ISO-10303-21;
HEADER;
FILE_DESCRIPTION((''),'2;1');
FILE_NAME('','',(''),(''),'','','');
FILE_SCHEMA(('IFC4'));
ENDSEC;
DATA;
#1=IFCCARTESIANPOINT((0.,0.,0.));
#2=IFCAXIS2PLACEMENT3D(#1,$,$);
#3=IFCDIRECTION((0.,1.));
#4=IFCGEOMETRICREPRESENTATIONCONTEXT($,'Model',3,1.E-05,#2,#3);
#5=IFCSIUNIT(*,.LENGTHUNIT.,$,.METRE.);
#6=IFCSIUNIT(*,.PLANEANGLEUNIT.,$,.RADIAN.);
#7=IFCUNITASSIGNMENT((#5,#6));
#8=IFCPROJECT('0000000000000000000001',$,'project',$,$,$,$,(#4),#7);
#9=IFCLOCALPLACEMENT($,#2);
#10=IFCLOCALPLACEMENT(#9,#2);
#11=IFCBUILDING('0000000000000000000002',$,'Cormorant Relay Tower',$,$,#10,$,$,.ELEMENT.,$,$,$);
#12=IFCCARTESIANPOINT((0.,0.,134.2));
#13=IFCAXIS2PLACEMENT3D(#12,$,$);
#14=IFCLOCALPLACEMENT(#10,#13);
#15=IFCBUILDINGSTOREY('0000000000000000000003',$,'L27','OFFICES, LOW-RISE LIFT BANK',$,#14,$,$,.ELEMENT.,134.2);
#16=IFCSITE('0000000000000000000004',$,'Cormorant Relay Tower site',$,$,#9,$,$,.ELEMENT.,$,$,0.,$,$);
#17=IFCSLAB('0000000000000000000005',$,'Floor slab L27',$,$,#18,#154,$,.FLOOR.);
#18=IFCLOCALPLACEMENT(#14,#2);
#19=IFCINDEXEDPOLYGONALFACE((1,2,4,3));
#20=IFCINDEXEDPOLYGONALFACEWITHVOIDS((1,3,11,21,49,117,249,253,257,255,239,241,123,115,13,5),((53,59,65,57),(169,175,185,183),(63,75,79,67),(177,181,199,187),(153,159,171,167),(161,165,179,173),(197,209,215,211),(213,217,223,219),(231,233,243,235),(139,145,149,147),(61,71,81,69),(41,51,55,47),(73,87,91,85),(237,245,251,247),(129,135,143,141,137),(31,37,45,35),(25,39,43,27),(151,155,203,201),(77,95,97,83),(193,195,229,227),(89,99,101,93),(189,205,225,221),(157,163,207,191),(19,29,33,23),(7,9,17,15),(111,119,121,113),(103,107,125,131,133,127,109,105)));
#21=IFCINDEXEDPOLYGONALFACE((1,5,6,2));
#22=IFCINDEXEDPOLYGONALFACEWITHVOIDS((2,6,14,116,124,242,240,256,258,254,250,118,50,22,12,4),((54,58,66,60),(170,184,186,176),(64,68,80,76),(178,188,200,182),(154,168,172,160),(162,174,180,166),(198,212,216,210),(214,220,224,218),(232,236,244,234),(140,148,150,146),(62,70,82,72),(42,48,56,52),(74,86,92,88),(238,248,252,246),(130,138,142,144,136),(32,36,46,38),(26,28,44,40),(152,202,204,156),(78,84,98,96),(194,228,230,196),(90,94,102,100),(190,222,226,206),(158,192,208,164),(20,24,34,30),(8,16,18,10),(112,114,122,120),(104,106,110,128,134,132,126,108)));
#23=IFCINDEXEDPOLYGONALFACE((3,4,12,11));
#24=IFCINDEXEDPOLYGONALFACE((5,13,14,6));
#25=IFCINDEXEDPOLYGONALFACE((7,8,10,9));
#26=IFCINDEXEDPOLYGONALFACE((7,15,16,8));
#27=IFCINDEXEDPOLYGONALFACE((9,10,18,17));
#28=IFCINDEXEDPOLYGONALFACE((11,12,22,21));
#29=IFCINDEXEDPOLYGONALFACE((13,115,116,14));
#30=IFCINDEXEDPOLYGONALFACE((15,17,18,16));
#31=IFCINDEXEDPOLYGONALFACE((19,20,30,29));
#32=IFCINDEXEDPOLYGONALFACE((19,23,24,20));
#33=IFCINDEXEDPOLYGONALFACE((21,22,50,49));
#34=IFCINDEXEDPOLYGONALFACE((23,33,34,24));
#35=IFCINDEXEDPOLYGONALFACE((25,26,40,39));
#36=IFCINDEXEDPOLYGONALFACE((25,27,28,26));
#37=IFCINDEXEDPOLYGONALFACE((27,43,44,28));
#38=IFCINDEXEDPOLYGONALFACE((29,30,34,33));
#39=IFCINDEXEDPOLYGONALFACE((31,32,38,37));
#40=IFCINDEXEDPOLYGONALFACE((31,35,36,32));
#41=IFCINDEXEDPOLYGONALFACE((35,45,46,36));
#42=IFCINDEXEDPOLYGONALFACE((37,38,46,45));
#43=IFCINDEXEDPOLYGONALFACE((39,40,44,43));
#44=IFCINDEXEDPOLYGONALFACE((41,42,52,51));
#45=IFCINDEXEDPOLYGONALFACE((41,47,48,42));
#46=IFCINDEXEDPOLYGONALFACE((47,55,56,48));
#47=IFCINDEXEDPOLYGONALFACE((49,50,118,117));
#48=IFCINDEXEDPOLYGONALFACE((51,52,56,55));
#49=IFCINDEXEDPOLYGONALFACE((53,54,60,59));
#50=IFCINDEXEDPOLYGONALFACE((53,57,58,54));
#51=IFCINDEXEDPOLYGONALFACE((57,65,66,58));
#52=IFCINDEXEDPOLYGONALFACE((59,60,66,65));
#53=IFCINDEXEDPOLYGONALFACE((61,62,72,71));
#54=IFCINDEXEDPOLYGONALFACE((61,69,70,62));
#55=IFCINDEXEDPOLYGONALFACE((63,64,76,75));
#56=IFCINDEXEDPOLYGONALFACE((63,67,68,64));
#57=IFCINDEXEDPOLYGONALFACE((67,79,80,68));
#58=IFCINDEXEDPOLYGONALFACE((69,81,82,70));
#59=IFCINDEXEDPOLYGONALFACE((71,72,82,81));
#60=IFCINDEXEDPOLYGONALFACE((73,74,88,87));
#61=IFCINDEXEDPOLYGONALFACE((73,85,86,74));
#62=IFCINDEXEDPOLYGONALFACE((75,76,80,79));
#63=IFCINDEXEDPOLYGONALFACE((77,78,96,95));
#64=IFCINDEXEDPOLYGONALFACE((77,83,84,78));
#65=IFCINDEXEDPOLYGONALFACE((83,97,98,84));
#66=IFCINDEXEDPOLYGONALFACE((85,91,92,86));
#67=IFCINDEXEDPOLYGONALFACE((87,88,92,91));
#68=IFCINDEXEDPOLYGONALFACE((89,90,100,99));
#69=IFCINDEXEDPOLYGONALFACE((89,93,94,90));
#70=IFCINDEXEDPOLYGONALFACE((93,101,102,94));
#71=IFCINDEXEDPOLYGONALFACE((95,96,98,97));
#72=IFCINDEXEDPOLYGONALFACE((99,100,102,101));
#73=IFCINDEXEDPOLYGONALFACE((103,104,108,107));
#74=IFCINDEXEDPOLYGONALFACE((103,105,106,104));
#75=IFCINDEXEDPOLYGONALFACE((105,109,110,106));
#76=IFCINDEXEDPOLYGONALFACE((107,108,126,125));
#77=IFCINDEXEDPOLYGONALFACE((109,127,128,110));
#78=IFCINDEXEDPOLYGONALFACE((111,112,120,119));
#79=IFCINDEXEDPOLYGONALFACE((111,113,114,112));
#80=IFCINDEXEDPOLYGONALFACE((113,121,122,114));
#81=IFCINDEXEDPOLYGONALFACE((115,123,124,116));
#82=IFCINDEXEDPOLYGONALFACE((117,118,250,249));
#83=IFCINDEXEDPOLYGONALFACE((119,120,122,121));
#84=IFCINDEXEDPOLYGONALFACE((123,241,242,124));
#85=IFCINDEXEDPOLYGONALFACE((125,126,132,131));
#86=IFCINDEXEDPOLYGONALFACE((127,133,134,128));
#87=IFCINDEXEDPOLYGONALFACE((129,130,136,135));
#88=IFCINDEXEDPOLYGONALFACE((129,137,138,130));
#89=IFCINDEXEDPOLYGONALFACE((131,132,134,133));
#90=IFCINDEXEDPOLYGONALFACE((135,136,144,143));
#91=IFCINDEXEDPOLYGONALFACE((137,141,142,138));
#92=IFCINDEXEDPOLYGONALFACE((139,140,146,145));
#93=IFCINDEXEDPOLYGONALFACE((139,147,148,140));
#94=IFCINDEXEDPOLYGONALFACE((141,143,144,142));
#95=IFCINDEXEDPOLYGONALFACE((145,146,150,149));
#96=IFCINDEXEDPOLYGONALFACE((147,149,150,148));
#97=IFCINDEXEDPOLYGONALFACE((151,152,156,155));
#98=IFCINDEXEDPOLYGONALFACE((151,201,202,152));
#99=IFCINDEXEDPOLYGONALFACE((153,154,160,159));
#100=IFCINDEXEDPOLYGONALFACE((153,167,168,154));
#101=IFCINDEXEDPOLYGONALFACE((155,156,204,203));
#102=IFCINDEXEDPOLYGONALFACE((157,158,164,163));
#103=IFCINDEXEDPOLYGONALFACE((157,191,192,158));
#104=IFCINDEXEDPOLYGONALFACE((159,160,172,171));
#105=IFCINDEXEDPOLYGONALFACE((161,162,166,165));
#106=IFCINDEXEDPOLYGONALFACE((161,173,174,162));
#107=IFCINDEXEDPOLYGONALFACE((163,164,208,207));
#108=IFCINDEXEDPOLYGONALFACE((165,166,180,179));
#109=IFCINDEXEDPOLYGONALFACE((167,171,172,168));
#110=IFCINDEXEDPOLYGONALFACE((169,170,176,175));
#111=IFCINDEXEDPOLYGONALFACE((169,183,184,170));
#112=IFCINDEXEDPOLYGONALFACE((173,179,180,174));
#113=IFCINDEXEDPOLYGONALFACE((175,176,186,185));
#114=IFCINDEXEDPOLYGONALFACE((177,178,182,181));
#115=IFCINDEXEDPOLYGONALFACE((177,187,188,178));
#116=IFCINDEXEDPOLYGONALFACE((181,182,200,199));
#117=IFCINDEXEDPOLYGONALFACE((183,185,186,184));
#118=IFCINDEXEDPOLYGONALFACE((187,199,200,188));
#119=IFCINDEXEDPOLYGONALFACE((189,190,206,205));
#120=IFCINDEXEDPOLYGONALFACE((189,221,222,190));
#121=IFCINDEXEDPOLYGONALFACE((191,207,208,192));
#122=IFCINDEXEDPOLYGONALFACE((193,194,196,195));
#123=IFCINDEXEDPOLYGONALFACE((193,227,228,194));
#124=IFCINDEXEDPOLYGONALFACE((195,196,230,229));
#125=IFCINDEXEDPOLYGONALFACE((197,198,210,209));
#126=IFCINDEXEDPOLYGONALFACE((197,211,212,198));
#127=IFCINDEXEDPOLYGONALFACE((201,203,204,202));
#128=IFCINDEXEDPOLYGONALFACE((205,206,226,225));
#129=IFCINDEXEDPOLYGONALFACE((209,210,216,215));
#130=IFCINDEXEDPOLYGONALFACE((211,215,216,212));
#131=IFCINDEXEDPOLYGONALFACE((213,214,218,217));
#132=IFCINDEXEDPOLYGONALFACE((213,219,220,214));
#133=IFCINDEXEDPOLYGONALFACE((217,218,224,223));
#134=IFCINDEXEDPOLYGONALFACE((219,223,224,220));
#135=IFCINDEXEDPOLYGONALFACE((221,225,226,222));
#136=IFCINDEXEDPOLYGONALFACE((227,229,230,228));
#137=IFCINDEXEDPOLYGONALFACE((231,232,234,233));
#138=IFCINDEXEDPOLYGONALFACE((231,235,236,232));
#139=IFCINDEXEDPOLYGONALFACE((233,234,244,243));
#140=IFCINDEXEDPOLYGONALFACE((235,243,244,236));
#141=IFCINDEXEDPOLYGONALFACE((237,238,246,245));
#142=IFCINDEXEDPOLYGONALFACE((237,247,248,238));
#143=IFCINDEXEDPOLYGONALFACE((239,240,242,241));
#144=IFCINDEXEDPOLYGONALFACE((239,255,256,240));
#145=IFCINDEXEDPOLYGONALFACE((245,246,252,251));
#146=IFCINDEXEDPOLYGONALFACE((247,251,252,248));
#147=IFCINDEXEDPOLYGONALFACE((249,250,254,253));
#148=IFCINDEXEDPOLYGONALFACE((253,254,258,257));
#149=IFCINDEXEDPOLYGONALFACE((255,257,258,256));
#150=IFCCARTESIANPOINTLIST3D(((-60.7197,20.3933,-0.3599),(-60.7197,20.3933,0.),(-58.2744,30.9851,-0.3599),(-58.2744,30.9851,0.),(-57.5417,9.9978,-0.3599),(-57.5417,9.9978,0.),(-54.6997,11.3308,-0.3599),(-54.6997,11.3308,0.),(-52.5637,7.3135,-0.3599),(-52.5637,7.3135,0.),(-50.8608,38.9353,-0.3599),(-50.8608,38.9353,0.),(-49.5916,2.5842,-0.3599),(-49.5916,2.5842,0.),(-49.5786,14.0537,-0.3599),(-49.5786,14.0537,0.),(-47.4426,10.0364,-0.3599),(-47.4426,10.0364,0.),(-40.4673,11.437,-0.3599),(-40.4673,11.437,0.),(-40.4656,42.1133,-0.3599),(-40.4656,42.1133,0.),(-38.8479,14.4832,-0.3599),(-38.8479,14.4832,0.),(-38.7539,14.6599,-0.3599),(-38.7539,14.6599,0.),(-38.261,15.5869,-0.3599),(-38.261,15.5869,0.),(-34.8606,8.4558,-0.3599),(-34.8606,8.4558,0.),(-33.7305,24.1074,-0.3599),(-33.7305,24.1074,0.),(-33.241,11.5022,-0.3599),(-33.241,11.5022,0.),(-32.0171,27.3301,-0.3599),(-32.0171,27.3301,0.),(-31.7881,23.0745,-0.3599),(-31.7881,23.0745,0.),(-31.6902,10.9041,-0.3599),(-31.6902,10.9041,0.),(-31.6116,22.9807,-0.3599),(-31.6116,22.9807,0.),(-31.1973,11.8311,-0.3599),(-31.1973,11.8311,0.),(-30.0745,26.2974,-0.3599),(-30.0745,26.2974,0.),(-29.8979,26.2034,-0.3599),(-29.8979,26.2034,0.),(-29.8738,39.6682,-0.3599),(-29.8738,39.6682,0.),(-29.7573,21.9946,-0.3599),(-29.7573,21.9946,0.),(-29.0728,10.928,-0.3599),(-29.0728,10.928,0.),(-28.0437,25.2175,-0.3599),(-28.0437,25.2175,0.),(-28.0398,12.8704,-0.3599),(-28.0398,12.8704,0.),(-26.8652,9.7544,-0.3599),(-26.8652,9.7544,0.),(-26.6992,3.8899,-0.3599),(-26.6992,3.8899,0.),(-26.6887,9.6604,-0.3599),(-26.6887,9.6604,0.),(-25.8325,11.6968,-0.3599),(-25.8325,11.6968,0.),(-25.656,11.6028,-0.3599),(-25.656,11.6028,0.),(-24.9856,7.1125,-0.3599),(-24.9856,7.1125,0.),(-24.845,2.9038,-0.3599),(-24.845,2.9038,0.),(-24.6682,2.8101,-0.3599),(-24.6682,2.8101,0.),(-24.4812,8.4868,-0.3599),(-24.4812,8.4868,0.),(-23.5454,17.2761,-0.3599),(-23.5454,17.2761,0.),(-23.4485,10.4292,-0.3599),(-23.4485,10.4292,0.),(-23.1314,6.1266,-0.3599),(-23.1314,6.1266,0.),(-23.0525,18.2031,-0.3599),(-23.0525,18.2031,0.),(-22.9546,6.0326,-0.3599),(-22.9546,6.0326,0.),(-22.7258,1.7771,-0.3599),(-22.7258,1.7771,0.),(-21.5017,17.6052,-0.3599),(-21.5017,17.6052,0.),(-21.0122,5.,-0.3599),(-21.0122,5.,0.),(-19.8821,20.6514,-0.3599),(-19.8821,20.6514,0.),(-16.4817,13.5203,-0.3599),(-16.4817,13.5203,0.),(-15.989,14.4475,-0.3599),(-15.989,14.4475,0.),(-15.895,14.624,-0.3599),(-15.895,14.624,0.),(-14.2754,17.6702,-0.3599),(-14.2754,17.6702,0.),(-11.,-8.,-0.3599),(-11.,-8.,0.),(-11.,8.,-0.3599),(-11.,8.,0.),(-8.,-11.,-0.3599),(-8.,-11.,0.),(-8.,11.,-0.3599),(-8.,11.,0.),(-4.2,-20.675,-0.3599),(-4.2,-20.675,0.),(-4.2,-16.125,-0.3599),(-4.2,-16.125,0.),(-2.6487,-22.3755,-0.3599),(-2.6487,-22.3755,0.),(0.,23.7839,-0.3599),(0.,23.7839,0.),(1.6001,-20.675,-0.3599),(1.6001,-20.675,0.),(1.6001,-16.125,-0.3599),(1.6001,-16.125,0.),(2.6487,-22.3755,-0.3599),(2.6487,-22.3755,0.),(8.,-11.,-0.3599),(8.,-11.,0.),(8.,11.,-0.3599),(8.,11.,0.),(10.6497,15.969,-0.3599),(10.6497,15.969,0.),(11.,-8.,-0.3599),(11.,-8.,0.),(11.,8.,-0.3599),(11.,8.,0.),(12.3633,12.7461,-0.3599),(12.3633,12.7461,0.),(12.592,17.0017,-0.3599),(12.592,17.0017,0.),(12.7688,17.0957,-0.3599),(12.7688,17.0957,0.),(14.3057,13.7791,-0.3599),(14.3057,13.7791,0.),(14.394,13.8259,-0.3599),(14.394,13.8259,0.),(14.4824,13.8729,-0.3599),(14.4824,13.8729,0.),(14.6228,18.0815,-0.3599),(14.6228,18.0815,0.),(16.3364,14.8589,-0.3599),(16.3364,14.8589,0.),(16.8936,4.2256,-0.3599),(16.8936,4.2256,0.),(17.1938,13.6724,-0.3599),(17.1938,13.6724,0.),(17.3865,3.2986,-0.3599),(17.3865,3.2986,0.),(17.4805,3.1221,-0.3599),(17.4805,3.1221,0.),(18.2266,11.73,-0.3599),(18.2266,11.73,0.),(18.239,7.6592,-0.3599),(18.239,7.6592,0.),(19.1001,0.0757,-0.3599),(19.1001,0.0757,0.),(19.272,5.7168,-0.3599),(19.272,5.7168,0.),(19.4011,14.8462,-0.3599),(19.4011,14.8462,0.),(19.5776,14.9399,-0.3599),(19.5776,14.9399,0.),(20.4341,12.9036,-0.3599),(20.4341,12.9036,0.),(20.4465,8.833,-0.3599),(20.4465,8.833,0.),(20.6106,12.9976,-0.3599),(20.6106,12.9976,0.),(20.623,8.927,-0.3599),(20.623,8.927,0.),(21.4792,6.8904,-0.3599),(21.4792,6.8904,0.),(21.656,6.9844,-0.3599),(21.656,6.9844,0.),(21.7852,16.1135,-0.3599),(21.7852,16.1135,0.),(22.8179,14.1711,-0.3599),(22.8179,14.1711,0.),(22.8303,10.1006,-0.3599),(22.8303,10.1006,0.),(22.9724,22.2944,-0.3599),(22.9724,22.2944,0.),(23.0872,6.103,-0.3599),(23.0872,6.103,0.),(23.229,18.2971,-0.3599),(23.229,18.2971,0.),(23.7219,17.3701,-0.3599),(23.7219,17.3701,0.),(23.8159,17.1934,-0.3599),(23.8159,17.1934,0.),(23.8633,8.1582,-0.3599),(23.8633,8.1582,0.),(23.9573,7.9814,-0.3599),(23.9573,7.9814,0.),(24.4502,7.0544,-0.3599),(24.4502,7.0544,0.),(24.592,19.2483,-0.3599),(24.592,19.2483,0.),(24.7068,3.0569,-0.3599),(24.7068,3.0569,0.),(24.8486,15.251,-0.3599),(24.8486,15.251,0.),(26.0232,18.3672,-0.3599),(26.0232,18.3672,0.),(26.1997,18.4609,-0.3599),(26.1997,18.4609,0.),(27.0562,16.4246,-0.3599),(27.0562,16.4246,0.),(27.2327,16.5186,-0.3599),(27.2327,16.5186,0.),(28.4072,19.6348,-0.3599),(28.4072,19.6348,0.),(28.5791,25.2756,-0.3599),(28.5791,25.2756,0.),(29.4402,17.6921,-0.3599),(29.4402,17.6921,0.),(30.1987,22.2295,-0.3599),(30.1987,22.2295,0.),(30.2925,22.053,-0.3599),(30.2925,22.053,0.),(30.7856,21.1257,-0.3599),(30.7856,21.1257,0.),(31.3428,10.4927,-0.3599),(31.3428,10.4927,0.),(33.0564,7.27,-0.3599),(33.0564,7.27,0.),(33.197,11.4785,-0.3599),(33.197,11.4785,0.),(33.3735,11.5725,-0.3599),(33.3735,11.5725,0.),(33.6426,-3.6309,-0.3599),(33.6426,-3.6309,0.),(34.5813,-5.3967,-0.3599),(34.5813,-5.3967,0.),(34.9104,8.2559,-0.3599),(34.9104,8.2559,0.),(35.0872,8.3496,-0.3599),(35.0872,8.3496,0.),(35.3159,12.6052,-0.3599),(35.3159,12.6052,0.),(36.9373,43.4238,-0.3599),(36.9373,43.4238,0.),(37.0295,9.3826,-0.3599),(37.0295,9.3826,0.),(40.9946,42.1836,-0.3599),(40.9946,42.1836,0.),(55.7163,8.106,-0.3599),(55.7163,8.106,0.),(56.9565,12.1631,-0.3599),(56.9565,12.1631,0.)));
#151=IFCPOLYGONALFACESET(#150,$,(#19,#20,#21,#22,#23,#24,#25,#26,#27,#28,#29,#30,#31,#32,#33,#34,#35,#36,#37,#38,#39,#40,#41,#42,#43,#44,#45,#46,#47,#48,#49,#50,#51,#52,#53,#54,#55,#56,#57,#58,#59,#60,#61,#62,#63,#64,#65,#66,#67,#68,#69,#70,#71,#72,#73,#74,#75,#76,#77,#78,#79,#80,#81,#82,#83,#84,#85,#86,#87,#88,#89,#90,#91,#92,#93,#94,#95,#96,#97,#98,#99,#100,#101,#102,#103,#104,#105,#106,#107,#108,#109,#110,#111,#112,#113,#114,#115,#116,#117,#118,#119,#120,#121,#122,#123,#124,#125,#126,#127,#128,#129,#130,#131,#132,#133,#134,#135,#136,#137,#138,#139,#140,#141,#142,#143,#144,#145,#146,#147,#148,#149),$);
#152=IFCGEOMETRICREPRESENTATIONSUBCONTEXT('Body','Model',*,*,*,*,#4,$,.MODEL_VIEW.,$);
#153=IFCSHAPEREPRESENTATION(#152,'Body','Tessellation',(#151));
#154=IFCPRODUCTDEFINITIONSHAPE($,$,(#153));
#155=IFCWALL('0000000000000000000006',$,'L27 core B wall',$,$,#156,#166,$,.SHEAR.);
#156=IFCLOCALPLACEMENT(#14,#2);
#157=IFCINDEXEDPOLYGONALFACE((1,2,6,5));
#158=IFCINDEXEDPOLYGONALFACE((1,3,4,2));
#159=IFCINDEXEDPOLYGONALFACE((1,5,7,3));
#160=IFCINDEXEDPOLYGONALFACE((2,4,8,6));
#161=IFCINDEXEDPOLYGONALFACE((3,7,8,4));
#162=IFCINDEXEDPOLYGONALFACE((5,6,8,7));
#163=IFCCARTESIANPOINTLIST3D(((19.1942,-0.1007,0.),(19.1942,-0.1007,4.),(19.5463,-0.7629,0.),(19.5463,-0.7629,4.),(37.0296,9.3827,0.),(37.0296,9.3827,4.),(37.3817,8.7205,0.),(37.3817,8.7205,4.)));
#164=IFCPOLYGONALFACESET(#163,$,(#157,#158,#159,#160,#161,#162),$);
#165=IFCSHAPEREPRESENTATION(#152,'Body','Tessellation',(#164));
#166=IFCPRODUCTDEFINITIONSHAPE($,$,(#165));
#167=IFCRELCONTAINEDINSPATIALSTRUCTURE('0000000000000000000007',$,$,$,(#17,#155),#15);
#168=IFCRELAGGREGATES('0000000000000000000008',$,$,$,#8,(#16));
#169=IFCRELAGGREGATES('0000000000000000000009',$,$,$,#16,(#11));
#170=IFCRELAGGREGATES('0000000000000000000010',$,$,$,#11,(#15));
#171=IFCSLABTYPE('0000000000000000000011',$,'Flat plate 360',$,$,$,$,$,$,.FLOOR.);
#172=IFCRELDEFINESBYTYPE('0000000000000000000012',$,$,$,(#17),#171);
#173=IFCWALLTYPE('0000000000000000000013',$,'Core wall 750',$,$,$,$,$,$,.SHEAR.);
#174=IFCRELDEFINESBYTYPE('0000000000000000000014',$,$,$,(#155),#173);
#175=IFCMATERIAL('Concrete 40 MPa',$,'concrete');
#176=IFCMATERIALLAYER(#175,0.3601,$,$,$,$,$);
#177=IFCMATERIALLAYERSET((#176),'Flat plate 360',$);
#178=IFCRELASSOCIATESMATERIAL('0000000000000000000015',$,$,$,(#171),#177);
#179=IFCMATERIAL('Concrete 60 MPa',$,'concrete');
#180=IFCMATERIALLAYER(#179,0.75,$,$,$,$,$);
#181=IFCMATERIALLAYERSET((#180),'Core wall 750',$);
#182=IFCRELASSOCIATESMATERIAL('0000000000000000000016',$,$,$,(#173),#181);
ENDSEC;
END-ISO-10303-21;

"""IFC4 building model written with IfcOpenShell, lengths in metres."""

from ifc_helpers import new_model, si_unit, direction, frame, frame_2d, origin, place, context, subcontext, project, spatial, polyline, rectangle, outline, extrude, material, layer, layer_set, type_object, element, save


model = new_model("IFC4")

# Units and contexts
model_context = context("Model", 3, precision=1e-05, world=origin(), true_north=direction((0.0, 1.0)))
body_context = subcontext(model_context, "Body", "Model", "MODEL_VIEW")
ifc_project = project(units=[si_unit("LENGTHUNIT", "METRE"), si_unit("PLANEANGLEUNIT", "RADIAN")], contexts=[model_context])

# Site, building, storey
site_placement = place(None, origin())
site = spatial("IfcSite", under=ifc_project, at=site_placement, Name="Cormorant Relay Tower site", CompositionType="ELEMENT", RefElevation=0.0)
building_placement = place(site_placement, origin())
building = spatial("IfcBuilding", under=site, at=building_placement, Name="Cormorant Relay Tower", CompositionType="ELEMENT")
storey_placement = place(building_placement, frame((0.0, 0.0, 134.2)))
storey = spatial("IfcBuildingStorey", under=building, at=storey_placement, Name="L27", Description="OFFICES, LOW-RISE LIFT BANK", CompositionType="ELEMENT", Elevation=134.2)

# Slab
ifc_material_1 = material(Name="Concrete 40 MPa", Category="concrete")
ifc_layer_1 = layer(ifc_material_1, 0.3601)
ifc_layer_set_1 = layer_set([ifc_layer_1], Name="Flat plate 360")
slab_type_1 = type_object("IfcSlabType", Name="Flat plate 360", PredefinedType="FLOOR", material=ifc_layer_set_1)
slab_1_placement = place(storey_placement, frame((0.0, 0.0, -0.3599)))
element("IfcSlab", 1, at=slab_1_placement, inside=storey, type_object=slab_type_1, Name="Floor slab L27", PredefinedType="FLOOR", context=body_context, shape_type="SweptSolid", body=[
    extrude(outline(polyline([(-60.7197, 20.3933), (-58.2744, 30.9851), (-50.8608, 38.9353), (-40.4656, 42.1133), (-29.8738, 39.6682), (0.0, 23.7839), (36.9373, 43.4238), (40.9946, 42.1836), (56.9565, 12.1631), (55.7163, 8.106), (33.6426, -3.6309), (34.5813, -5.3967), (2.6487, -22.3755), (-2.6487, -22.3755), (-49.5916, 2.5842), (-57.5417, 9.9978), (-60.7197, 20.3933)]), holes=[polyline([(11.0, -8.0), (11.0, 8.0), (8.0, 11.0), (-8.0, 11.0), (-11.0, 8.0), (-11.0, -8.0), (-8.0, -11.0), (8.0, -11.0), (11.0, -8.0)]), polyline([(-4.2, -16.125), (-4.2, -20.675), (1.6001, -20.675), (1.6001, -16.125), (-4.2, -16.125)]), polyline([(-22.9546, 6.0327), (-24.6682, 2.8101), (-22.7258, 1.7771), (-21.0122, 5.0), (-23.043, 6.0796), (-22.9546, 6.0327)]), polyline([(-24.9856, 7.1125), (-26.6992, 3.8899), (-24.845, 2.9038), (-23.1313, 6.1267), (-23.043, 6.0796), (-24.9856, 7.1125)]), polyline([(-26.6887, 9.6604), (-24.4812, 8.4868), (-23.4485, 10.4292), (-25.656, 11.6028), (-26.6887, 9.6604)]), polyline([(-49.5786, 14.0537), (-54.6997, 11.3308), (-52.5637, 7.3135), (-47.4426, 10.0364), (-49.5786, 14.0537)]), polyline([(-28.0398, 12.8704), (-29.0728, 10.928), (-26.8652, 9.7544), (-25.8325, 11.6968), (-28.0398, 12.8704)]), polyline([(-38.8479, 14.4832), (-40.4673, 11.437), (-34.8606, 8.4558), (-33.241, 11.5022), (-38.8479, 14.4832)]), polyline([(-38.261, 15.5869), (-38.7539, 14.6599), (-31.6902, 10.9041), (-31.1973, 11.8311), (-38.261, 15.5869)]), polyline([(14.3057, 13.7791), (12.592, 17.0017), (10.6497, 15.969), (12.3633, 12.7461), (14.394, 13.8259), (14.3057, 13.7791)]), polyline([(16.3364, 14.8589), (14.6228, 18.0815), (12.7688, 17.0957), (14.4824, 13.8728), (14.394, 13.8259), (16.3364, 14.8589)]), polyline([(-16.4817, 13.5203), (-15.989, 14.4475), (-23.0525, 18.2031), (-23.5454, 17.2761), (-16.4817, 13.5203)]), polyline([(-21.5017, 17.6052), (-15.895, 14.624), (-14.2754, 17.6702), (-19.8821, 20.6514), (-21.5017, 17.6052)]), polyline([(-31.6116, 22.9807), (-29.7573, 21.9946), (-28.0437, 25.2175), (-29.8979, 26.2034), (-31.6116, 22.9807)]), polyline([(-32.0171, 27.3301), (-33.7305, 24.1074), (-31.7881, 23.0745), (-30.0745, 26.2974), (-32.0171, 27.3301)]), polyline([(17.4805, 3.1221), (19.1001, 0.0757), (24.7068, 3.0569), (23.0872, 6.103), (17.4805, 3.1221)]), polyline([(16.8936, 4.2256), (17.3865, 3.2986), (24.4502, 7.0544), (23.9573, 7.9814), (16.8936, 4.2256)]), polyline([(20.4465, 8.833), (18.239, 7.6592), (19.272, 5.7168), (21.4792, 6.8904), (20.4465, 8.833)]), polyline([(20.623, 8.927), (21.656, 6.9844), (23.8633, 8.1582), (22.8303, 10.1006), (20.623, 8.927)]), polyline([(33.197, 11.4785), (31.3428, 10.4927), (33.0564, 7.27), (34.9104, 8.2559), (33.197, 11.4785)]), polyline([(33.3735, 11.5725), (35.0872, 8.3496), (37.0295, 9.3826), (35.3159, 12.6052), (33.3735, 11.5725)]), polyline([(17.1938, 13.6724), (18.2266, 11.73), (20.4341, 12.9036), (19.4011, 14.8462), (17.1938, 13.6724)]), polyline([(20.6106, 12.9976), (22.8179, 14.1711), (21.7852, 16.1135), (19.5776, 14.9399), (20.6106, 12.9976)]), polyline([(26.0232, 18.3672), (23.8159, 17.1934), (24.8486, 15.251), (27.0562, 16.4246), (26.0232, 18.3672)]), polyline([(29.4402, 17.6921), (28.4072, 19.6348), (26.1997, 18.4609), (27.2327, 16.5186), (29.4402, 17.6921)]), polyline([(30.7856, 21.1257), (30.2925, 22.053), (23.229, 18.2971), (23.7219, 17.3701), (30.7856, 21.1257)]), polyline([(24.592, 19.2483), (30.1987, 22.2295), (28.5791, 25.2756), (22.9724, 22.2944), (24.592, 19.2483)])]), origin(), (0.0, 0.0, 1.0), 0.3599),
])

# Shared definitions
ifc_material_2 = material(Name="Concrete 60 MPa", Category="concrete")
ifc_layer_2 = layer(ifc_material_2, 0.75)
ifc_layer_set_2 = layer_set([ifc_layer_2], Name="Core wall 750")
wall_type_1 = type_object("IfcWallType", Name="Core wall 750", PredefinedType="SHEAR", material=ifc_layer_set_2)

# Wall
wall_1_placement = place(storey_placement, frame((19.3701, -0.4319, 0.0), z_axis=(0.0, 0.0, 1.0), x_axis=(0.882945, 0.469476, 0.0)))
element("IfcWall", 2, at=wall_1_placement, inside=storey, type_object=wall_type_1, Name="L27 core B wall", PredefinedType="SHEAR", context=body_context, shape_type="SweptSolid", body=[
    extrude(rectangle(XDim=20.2, YDim=0.75, at=frame_2d((10.1001, 0.0))), origin(), (0.0, 0.0, 1.0), 4.0),
])

save(model, "model.ifc")
